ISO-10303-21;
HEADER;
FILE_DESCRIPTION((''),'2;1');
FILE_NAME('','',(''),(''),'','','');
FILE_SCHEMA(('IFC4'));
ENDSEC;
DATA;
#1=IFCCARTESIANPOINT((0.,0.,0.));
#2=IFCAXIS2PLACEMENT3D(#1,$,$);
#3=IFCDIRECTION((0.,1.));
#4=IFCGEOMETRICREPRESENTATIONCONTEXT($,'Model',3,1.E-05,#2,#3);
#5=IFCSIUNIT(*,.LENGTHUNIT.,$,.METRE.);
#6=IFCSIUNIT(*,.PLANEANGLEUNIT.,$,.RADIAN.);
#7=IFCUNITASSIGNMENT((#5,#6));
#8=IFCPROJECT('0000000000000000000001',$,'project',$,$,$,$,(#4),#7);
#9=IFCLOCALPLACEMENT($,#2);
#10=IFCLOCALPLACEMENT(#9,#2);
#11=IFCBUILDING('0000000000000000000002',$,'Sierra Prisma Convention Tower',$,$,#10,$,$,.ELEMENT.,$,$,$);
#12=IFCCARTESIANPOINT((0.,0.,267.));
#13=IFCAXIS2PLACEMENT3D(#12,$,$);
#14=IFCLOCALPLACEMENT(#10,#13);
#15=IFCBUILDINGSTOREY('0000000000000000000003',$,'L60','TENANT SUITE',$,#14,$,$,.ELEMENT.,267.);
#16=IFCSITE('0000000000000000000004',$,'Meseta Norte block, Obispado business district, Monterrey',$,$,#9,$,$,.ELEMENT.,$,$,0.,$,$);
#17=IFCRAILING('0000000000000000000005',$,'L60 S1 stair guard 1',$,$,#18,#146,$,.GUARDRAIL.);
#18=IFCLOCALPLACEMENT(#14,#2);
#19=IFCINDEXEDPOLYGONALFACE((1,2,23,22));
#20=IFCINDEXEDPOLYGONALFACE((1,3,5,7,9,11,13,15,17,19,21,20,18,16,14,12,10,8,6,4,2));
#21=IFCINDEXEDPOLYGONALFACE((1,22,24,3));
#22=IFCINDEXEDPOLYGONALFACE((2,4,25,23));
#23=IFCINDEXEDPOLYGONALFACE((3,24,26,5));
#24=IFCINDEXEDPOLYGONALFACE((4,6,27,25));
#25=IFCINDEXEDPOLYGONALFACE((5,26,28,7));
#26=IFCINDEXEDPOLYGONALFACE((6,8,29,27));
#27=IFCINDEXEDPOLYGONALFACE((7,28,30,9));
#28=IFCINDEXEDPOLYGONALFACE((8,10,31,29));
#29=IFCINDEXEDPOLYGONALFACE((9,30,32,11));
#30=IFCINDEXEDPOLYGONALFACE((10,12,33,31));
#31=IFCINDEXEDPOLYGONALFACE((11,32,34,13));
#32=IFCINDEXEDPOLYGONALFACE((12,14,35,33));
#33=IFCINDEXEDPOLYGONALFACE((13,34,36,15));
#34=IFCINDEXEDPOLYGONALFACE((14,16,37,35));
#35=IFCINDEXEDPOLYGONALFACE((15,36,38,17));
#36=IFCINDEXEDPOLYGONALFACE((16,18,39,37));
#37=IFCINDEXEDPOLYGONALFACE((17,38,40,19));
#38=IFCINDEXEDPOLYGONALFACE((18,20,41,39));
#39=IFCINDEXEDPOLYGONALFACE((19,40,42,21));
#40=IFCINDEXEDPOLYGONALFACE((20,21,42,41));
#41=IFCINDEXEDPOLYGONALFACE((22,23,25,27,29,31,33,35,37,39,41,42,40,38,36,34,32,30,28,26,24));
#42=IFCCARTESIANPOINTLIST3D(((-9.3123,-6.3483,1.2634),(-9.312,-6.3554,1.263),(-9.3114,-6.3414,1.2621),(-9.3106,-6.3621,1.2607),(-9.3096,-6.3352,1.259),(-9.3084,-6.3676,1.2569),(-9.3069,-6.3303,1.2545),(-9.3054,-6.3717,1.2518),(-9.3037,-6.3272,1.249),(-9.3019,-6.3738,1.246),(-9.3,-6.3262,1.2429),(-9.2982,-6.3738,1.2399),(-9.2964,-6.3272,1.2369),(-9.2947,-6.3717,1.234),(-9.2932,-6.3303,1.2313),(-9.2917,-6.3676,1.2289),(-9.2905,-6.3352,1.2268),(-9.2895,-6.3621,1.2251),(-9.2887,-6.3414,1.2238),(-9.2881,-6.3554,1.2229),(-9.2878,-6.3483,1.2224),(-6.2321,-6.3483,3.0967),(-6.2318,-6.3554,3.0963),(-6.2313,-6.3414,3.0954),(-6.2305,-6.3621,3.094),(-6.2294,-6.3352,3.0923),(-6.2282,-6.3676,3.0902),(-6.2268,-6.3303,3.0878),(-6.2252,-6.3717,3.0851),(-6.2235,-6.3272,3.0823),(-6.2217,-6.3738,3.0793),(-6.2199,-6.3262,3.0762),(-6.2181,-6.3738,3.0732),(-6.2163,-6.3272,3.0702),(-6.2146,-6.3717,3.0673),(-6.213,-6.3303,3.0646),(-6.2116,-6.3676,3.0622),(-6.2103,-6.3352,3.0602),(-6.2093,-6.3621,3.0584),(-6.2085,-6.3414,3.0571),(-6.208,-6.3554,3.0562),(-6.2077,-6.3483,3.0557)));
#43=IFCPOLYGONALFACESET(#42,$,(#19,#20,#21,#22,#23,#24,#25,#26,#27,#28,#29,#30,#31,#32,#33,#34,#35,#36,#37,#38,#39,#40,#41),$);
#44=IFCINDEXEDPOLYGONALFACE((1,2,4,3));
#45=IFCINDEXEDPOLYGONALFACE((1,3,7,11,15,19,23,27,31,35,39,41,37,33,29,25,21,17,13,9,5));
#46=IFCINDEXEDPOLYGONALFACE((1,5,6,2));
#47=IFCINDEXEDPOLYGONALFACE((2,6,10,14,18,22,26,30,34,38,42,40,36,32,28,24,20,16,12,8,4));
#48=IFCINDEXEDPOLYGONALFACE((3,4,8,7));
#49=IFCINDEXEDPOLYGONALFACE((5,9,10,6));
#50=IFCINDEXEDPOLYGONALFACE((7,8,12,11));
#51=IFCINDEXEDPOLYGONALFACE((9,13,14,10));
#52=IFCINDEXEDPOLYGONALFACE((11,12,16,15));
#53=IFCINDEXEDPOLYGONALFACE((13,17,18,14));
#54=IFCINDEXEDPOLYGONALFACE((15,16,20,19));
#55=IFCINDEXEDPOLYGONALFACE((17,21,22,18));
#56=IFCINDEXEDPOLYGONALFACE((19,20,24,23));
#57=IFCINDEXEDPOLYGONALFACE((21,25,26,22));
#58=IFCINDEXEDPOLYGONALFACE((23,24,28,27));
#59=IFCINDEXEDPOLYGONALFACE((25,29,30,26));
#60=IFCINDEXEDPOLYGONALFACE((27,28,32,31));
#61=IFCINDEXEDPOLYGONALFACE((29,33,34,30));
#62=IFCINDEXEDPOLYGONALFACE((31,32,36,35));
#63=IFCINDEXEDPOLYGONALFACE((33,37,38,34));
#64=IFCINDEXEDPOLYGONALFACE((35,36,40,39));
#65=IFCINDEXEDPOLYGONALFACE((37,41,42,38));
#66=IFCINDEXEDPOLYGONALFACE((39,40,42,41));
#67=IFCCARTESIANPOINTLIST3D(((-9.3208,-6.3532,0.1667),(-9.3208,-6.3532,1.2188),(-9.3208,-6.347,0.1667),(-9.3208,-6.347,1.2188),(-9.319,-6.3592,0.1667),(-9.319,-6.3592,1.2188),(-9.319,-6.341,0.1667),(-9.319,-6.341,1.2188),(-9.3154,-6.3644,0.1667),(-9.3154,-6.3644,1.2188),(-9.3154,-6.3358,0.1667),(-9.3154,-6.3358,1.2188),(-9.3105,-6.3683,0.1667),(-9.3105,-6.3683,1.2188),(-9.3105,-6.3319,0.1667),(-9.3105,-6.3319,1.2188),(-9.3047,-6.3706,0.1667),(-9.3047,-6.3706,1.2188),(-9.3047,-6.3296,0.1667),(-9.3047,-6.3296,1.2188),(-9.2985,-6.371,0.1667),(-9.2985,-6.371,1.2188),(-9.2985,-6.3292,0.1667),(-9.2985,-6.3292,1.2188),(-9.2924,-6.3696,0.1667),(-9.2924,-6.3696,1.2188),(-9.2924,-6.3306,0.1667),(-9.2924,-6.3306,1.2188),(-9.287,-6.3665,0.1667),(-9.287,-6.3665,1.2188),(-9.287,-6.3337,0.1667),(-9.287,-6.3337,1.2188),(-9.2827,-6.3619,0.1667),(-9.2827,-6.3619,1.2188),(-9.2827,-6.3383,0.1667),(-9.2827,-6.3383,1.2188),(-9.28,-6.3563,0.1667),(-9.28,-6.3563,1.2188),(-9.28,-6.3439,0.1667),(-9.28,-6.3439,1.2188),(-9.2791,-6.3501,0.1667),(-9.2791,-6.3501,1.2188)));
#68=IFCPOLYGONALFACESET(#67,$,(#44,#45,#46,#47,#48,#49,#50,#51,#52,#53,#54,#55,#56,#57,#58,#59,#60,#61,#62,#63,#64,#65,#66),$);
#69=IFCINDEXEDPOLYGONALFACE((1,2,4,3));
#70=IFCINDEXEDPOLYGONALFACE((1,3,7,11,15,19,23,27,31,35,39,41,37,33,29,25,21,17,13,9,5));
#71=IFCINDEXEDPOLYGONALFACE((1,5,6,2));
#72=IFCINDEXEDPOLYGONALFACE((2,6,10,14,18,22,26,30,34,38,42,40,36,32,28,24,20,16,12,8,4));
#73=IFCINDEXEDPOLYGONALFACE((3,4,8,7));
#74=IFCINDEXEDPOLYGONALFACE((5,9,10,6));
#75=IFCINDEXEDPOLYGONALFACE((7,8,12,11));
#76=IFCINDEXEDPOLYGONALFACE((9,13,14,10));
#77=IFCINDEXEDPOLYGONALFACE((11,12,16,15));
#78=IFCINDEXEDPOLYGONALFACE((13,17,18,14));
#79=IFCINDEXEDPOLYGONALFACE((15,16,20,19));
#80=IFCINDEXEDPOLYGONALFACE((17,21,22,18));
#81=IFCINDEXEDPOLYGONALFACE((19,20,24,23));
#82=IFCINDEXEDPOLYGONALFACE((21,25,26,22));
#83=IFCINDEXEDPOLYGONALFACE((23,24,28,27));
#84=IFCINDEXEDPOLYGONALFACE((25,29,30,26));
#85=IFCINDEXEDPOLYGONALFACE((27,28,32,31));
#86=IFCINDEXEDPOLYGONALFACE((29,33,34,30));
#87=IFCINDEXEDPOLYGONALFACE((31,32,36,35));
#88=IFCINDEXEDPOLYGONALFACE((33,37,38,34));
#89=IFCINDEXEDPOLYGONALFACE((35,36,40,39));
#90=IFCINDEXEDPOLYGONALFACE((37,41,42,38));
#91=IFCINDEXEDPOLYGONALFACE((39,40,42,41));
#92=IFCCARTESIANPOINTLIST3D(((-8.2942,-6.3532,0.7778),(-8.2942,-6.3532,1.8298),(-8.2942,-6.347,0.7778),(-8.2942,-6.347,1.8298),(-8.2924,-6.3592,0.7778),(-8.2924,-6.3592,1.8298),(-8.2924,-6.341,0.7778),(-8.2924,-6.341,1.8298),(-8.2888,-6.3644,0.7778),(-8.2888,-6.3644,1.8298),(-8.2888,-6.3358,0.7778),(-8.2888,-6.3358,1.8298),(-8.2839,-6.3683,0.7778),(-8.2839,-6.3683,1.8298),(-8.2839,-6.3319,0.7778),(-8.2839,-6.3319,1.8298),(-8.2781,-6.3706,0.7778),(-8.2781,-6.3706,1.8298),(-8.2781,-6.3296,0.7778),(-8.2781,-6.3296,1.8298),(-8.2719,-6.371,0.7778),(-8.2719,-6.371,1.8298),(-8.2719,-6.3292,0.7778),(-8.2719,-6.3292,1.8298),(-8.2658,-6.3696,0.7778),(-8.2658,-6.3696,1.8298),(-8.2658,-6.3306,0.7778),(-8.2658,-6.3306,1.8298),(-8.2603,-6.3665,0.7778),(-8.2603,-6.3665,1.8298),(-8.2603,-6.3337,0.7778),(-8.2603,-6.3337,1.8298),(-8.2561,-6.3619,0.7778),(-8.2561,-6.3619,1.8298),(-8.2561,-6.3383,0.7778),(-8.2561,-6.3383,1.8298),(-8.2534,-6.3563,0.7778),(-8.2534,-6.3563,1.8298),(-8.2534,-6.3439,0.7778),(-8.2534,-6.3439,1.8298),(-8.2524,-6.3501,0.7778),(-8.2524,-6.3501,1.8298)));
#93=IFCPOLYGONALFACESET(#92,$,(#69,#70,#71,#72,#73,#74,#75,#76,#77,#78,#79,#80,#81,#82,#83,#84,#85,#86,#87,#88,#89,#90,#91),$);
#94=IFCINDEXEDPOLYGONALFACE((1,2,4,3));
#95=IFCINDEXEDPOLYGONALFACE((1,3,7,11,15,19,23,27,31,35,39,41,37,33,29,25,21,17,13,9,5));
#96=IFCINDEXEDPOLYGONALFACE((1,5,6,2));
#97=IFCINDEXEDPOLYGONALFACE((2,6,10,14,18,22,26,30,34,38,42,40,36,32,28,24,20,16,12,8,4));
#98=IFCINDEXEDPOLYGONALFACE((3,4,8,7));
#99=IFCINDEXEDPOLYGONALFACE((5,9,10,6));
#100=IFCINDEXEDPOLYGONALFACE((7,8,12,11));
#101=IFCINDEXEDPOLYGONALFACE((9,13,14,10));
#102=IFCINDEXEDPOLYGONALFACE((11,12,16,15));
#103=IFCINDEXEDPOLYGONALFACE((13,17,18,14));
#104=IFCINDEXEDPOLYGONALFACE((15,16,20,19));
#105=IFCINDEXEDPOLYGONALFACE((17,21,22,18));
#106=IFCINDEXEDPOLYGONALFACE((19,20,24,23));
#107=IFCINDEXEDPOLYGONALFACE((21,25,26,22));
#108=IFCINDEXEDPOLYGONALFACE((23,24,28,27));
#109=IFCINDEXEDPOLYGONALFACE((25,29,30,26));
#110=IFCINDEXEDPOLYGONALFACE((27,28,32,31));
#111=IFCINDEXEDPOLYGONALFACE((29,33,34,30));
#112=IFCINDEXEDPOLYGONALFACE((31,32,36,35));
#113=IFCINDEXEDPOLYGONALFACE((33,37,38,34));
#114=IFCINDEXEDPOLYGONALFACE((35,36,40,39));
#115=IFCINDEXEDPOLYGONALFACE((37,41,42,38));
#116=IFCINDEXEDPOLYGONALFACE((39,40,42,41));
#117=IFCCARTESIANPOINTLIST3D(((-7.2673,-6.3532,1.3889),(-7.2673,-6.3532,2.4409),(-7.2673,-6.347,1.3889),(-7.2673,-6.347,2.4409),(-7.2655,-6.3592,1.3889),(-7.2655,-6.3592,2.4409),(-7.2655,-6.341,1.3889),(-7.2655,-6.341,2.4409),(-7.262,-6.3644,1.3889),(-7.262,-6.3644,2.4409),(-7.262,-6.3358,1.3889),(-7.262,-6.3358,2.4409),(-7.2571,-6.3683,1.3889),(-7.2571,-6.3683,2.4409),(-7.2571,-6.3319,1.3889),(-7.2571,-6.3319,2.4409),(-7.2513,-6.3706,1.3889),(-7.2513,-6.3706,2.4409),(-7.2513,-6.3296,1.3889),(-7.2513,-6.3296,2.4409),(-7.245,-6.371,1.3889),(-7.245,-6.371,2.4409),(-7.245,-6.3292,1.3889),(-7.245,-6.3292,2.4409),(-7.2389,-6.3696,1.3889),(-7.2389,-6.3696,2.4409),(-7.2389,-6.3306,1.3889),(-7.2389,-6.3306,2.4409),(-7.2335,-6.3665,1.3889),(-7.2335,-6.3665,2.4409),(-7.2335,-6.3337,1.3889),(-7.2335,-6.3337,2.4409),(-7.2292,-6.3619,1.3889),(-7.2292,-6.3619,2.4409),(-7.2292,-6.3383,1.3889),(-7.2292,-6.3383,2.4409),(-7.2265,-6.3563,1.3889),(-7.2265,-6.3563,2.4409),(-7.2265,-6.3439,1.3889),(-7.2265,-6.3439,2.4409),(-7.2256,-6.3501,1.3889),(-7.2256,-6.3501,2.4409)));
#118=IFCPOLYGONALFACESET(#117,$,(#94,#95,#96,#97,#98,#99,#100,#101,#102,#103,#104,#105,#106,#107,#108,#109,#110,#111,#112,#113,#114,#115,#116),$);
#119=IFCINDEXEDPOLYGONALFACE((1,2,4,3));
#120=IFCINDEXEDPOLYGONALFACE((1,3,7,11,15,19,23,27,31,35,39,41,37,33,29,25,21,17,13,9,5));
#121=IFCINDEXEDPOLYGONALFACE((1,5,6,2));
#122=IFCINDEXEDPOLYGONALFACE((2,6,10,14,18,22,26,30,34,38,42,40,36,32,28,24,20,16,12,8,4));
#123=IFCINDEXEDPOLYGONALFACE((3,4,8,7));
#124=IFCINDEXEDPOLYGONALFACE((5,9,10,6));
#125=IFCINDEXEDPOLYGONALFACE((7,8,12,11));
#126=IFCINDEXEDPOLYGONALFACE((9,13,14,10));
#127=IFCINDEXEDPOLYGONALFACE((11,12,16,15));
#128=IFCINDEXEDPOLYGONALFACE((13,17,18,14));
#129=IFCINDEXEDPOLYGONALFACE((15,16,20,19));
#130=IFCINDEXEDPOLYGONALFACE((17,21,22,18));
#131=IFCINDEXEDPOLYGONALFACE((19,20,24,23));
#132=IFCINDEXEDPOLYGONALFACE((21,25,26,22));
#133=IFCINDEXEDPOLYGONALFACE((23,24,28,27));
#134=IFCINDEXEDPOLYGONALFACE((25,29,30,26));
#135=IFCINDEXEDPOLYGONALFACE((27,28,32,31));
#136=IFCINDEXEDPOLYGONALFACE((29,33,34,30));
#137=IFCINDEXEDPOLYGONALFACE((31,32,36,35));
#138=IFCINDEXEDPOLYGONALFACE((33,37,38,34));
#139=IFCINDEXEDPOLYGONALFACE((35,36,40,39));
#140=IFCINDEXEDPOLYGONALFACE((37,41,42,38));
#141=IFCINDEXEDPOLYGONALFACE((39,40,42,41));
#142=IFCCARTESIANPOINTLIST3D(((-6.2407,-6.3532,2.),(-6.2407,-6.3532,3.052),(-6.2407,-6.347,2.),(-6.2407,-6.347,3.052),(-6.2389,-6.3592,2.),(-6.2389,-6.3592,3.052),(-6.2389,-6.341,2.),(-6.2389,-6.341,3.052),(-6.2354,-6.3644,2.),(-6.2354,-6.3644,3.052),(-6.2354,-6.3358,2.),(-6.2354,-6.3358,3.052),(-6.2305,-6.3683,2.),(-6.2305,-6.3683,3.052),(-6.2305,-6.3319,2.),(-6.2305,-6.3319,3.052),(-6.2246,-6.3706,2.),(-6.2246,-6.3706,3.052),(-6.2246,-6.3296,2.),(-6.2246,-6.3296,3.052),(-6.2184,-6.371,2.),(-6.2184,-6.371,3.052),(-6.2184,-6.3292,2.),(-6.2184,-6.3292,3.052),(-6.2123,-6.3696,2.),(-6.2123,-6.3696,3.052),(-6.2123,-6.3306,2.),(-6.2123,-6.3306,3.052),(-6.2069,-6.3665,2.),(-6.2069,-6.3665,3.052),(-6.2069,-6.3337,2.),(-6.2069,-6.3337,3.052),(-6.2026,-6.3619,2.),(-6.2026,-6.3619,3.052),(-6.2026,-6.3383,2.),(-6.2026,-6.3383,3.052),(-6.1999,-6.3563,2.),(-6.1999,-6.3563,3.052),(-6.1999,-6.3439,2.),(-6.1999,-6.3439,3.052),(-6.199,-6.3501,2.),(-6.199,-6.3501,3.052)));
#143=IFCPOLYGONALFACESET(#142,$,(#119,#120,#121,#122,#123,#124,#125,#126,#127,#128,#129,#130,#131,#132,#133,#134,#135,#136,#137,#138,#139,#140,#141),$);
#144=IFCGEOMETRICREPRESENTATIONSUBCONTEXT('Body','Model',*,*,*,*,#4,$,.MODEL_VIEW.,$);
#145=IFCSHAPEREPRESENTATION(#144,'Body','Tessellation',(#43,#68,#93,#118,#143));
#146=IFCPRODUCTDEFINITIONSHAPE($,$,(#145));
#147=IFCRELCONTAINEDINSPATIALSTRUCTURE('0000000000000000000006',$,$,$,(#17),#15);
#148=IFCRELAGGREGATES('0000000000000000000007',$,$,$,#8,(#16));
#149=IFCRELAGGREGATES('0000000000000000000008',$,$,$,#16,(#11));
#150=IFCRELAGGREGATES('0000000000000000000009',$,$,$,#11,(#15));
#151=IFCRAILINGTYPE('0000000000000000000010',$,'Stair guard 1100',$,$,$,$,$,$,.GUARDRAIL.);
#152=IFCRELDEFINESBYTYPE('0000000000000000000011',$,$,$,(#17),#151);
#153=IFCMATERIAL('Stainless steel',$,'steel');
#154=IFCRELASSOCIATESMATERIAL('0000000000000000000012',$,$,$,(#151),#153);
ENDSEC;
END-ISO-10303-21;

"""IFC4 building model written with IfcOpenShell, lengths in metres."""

from ifc_helpers import new_model, si_unit, direction, frame, origin, origin_2d, place, context, subcontext, project, spatial, circle, extrude, material, type_object, element, save


model = new_model("IFC4")

# Units and contexts
model_context = context("Model", 3, precision=1e-05, world=origin(), true_north=direction((0.0, 1.0)))
body_context = subcontext(model_context, "Body", "Model", "MODEL_VIEW")
ifc_project = project(units=[si_unit("LENGTHUNIT", "METRE"), si_unit("PLANEANGLEUNIT", "RADIAN")], contexts=[model_context])

# Site, building, storey
site_placement = place(None, origin())
site = spatial("IfcSite", under=ifc_project, at=site_placement, Name="Meseta Norte block, Obispado business district, Monterrey", CompositionType="ELEMENT", RefElevation=0.0)
building_placement = place(site_placement, origin())
building = spatial("IfcBuilding", under=site, at=building_placement, Name="Sierra Prisma Convention Tower", CompositionType="ELEMENT")
storey_placement = place(building_placement, frame((0.0, 0.0, 267.0)))
storey = spatial("IfcBuildingStorey", under=building, at=storey_placement, Name="L60", Description="TENANT SUITE", CompositionType="ELEMENT", Elevation=267.0)

# Railing
ifc_material_1 = material(Name="Stainless steel", Category="steel")
railing_type_1 = type_object("IfcRailingType", Name="Stair guard 1100", PredefinedType="GUARDRAIL", material=ifc_material_1)
railing_1_placement = place(storey_placement, frame((-9.3, -6.3501, 0.1667)))
element("IfcRailing", 1, at=railing_1_placement, inside=storey, type_object=railing_type_1, Name="L60 S1 stair guard 1", PredefinedType="GUARDRAIL", context=body_context, shape_type="SweptSolid", body=[
    extrude(circle(Radius=0.0239, at=origin_2d()), frame((0.0, 0.0, 1.0762), z_axis=(0.859309, 0.0, 0.511458), x_axis=(0.0, 1.0, 0.0)), (0.0, 0.0, 1.0), 3.5845),
    extrude(circle(Radius=0.021, at=origin_2d()), origin(), (0.0, 0.0, 1.0), 1.052),
    extrude(circle(Radius=0.021, at=origin_2d()), frame((1.0266, 0.0, 0.6111)), (0.0, 0.0, 1.0), 1.052),
    extrude(circle(Radius=0.021, at=origin_2d()), frame((2.0535, 0.0, 1.2222)), (0.0, 0.0, 1.0), 1.052),
    extrude(circle(Radius=0.021, at=origin_2d()), frame((3.0801, 0.0, 1.8333)), (0.0, 0.0, 1.0), 1.052),
])

save(model, "model.ifc")
